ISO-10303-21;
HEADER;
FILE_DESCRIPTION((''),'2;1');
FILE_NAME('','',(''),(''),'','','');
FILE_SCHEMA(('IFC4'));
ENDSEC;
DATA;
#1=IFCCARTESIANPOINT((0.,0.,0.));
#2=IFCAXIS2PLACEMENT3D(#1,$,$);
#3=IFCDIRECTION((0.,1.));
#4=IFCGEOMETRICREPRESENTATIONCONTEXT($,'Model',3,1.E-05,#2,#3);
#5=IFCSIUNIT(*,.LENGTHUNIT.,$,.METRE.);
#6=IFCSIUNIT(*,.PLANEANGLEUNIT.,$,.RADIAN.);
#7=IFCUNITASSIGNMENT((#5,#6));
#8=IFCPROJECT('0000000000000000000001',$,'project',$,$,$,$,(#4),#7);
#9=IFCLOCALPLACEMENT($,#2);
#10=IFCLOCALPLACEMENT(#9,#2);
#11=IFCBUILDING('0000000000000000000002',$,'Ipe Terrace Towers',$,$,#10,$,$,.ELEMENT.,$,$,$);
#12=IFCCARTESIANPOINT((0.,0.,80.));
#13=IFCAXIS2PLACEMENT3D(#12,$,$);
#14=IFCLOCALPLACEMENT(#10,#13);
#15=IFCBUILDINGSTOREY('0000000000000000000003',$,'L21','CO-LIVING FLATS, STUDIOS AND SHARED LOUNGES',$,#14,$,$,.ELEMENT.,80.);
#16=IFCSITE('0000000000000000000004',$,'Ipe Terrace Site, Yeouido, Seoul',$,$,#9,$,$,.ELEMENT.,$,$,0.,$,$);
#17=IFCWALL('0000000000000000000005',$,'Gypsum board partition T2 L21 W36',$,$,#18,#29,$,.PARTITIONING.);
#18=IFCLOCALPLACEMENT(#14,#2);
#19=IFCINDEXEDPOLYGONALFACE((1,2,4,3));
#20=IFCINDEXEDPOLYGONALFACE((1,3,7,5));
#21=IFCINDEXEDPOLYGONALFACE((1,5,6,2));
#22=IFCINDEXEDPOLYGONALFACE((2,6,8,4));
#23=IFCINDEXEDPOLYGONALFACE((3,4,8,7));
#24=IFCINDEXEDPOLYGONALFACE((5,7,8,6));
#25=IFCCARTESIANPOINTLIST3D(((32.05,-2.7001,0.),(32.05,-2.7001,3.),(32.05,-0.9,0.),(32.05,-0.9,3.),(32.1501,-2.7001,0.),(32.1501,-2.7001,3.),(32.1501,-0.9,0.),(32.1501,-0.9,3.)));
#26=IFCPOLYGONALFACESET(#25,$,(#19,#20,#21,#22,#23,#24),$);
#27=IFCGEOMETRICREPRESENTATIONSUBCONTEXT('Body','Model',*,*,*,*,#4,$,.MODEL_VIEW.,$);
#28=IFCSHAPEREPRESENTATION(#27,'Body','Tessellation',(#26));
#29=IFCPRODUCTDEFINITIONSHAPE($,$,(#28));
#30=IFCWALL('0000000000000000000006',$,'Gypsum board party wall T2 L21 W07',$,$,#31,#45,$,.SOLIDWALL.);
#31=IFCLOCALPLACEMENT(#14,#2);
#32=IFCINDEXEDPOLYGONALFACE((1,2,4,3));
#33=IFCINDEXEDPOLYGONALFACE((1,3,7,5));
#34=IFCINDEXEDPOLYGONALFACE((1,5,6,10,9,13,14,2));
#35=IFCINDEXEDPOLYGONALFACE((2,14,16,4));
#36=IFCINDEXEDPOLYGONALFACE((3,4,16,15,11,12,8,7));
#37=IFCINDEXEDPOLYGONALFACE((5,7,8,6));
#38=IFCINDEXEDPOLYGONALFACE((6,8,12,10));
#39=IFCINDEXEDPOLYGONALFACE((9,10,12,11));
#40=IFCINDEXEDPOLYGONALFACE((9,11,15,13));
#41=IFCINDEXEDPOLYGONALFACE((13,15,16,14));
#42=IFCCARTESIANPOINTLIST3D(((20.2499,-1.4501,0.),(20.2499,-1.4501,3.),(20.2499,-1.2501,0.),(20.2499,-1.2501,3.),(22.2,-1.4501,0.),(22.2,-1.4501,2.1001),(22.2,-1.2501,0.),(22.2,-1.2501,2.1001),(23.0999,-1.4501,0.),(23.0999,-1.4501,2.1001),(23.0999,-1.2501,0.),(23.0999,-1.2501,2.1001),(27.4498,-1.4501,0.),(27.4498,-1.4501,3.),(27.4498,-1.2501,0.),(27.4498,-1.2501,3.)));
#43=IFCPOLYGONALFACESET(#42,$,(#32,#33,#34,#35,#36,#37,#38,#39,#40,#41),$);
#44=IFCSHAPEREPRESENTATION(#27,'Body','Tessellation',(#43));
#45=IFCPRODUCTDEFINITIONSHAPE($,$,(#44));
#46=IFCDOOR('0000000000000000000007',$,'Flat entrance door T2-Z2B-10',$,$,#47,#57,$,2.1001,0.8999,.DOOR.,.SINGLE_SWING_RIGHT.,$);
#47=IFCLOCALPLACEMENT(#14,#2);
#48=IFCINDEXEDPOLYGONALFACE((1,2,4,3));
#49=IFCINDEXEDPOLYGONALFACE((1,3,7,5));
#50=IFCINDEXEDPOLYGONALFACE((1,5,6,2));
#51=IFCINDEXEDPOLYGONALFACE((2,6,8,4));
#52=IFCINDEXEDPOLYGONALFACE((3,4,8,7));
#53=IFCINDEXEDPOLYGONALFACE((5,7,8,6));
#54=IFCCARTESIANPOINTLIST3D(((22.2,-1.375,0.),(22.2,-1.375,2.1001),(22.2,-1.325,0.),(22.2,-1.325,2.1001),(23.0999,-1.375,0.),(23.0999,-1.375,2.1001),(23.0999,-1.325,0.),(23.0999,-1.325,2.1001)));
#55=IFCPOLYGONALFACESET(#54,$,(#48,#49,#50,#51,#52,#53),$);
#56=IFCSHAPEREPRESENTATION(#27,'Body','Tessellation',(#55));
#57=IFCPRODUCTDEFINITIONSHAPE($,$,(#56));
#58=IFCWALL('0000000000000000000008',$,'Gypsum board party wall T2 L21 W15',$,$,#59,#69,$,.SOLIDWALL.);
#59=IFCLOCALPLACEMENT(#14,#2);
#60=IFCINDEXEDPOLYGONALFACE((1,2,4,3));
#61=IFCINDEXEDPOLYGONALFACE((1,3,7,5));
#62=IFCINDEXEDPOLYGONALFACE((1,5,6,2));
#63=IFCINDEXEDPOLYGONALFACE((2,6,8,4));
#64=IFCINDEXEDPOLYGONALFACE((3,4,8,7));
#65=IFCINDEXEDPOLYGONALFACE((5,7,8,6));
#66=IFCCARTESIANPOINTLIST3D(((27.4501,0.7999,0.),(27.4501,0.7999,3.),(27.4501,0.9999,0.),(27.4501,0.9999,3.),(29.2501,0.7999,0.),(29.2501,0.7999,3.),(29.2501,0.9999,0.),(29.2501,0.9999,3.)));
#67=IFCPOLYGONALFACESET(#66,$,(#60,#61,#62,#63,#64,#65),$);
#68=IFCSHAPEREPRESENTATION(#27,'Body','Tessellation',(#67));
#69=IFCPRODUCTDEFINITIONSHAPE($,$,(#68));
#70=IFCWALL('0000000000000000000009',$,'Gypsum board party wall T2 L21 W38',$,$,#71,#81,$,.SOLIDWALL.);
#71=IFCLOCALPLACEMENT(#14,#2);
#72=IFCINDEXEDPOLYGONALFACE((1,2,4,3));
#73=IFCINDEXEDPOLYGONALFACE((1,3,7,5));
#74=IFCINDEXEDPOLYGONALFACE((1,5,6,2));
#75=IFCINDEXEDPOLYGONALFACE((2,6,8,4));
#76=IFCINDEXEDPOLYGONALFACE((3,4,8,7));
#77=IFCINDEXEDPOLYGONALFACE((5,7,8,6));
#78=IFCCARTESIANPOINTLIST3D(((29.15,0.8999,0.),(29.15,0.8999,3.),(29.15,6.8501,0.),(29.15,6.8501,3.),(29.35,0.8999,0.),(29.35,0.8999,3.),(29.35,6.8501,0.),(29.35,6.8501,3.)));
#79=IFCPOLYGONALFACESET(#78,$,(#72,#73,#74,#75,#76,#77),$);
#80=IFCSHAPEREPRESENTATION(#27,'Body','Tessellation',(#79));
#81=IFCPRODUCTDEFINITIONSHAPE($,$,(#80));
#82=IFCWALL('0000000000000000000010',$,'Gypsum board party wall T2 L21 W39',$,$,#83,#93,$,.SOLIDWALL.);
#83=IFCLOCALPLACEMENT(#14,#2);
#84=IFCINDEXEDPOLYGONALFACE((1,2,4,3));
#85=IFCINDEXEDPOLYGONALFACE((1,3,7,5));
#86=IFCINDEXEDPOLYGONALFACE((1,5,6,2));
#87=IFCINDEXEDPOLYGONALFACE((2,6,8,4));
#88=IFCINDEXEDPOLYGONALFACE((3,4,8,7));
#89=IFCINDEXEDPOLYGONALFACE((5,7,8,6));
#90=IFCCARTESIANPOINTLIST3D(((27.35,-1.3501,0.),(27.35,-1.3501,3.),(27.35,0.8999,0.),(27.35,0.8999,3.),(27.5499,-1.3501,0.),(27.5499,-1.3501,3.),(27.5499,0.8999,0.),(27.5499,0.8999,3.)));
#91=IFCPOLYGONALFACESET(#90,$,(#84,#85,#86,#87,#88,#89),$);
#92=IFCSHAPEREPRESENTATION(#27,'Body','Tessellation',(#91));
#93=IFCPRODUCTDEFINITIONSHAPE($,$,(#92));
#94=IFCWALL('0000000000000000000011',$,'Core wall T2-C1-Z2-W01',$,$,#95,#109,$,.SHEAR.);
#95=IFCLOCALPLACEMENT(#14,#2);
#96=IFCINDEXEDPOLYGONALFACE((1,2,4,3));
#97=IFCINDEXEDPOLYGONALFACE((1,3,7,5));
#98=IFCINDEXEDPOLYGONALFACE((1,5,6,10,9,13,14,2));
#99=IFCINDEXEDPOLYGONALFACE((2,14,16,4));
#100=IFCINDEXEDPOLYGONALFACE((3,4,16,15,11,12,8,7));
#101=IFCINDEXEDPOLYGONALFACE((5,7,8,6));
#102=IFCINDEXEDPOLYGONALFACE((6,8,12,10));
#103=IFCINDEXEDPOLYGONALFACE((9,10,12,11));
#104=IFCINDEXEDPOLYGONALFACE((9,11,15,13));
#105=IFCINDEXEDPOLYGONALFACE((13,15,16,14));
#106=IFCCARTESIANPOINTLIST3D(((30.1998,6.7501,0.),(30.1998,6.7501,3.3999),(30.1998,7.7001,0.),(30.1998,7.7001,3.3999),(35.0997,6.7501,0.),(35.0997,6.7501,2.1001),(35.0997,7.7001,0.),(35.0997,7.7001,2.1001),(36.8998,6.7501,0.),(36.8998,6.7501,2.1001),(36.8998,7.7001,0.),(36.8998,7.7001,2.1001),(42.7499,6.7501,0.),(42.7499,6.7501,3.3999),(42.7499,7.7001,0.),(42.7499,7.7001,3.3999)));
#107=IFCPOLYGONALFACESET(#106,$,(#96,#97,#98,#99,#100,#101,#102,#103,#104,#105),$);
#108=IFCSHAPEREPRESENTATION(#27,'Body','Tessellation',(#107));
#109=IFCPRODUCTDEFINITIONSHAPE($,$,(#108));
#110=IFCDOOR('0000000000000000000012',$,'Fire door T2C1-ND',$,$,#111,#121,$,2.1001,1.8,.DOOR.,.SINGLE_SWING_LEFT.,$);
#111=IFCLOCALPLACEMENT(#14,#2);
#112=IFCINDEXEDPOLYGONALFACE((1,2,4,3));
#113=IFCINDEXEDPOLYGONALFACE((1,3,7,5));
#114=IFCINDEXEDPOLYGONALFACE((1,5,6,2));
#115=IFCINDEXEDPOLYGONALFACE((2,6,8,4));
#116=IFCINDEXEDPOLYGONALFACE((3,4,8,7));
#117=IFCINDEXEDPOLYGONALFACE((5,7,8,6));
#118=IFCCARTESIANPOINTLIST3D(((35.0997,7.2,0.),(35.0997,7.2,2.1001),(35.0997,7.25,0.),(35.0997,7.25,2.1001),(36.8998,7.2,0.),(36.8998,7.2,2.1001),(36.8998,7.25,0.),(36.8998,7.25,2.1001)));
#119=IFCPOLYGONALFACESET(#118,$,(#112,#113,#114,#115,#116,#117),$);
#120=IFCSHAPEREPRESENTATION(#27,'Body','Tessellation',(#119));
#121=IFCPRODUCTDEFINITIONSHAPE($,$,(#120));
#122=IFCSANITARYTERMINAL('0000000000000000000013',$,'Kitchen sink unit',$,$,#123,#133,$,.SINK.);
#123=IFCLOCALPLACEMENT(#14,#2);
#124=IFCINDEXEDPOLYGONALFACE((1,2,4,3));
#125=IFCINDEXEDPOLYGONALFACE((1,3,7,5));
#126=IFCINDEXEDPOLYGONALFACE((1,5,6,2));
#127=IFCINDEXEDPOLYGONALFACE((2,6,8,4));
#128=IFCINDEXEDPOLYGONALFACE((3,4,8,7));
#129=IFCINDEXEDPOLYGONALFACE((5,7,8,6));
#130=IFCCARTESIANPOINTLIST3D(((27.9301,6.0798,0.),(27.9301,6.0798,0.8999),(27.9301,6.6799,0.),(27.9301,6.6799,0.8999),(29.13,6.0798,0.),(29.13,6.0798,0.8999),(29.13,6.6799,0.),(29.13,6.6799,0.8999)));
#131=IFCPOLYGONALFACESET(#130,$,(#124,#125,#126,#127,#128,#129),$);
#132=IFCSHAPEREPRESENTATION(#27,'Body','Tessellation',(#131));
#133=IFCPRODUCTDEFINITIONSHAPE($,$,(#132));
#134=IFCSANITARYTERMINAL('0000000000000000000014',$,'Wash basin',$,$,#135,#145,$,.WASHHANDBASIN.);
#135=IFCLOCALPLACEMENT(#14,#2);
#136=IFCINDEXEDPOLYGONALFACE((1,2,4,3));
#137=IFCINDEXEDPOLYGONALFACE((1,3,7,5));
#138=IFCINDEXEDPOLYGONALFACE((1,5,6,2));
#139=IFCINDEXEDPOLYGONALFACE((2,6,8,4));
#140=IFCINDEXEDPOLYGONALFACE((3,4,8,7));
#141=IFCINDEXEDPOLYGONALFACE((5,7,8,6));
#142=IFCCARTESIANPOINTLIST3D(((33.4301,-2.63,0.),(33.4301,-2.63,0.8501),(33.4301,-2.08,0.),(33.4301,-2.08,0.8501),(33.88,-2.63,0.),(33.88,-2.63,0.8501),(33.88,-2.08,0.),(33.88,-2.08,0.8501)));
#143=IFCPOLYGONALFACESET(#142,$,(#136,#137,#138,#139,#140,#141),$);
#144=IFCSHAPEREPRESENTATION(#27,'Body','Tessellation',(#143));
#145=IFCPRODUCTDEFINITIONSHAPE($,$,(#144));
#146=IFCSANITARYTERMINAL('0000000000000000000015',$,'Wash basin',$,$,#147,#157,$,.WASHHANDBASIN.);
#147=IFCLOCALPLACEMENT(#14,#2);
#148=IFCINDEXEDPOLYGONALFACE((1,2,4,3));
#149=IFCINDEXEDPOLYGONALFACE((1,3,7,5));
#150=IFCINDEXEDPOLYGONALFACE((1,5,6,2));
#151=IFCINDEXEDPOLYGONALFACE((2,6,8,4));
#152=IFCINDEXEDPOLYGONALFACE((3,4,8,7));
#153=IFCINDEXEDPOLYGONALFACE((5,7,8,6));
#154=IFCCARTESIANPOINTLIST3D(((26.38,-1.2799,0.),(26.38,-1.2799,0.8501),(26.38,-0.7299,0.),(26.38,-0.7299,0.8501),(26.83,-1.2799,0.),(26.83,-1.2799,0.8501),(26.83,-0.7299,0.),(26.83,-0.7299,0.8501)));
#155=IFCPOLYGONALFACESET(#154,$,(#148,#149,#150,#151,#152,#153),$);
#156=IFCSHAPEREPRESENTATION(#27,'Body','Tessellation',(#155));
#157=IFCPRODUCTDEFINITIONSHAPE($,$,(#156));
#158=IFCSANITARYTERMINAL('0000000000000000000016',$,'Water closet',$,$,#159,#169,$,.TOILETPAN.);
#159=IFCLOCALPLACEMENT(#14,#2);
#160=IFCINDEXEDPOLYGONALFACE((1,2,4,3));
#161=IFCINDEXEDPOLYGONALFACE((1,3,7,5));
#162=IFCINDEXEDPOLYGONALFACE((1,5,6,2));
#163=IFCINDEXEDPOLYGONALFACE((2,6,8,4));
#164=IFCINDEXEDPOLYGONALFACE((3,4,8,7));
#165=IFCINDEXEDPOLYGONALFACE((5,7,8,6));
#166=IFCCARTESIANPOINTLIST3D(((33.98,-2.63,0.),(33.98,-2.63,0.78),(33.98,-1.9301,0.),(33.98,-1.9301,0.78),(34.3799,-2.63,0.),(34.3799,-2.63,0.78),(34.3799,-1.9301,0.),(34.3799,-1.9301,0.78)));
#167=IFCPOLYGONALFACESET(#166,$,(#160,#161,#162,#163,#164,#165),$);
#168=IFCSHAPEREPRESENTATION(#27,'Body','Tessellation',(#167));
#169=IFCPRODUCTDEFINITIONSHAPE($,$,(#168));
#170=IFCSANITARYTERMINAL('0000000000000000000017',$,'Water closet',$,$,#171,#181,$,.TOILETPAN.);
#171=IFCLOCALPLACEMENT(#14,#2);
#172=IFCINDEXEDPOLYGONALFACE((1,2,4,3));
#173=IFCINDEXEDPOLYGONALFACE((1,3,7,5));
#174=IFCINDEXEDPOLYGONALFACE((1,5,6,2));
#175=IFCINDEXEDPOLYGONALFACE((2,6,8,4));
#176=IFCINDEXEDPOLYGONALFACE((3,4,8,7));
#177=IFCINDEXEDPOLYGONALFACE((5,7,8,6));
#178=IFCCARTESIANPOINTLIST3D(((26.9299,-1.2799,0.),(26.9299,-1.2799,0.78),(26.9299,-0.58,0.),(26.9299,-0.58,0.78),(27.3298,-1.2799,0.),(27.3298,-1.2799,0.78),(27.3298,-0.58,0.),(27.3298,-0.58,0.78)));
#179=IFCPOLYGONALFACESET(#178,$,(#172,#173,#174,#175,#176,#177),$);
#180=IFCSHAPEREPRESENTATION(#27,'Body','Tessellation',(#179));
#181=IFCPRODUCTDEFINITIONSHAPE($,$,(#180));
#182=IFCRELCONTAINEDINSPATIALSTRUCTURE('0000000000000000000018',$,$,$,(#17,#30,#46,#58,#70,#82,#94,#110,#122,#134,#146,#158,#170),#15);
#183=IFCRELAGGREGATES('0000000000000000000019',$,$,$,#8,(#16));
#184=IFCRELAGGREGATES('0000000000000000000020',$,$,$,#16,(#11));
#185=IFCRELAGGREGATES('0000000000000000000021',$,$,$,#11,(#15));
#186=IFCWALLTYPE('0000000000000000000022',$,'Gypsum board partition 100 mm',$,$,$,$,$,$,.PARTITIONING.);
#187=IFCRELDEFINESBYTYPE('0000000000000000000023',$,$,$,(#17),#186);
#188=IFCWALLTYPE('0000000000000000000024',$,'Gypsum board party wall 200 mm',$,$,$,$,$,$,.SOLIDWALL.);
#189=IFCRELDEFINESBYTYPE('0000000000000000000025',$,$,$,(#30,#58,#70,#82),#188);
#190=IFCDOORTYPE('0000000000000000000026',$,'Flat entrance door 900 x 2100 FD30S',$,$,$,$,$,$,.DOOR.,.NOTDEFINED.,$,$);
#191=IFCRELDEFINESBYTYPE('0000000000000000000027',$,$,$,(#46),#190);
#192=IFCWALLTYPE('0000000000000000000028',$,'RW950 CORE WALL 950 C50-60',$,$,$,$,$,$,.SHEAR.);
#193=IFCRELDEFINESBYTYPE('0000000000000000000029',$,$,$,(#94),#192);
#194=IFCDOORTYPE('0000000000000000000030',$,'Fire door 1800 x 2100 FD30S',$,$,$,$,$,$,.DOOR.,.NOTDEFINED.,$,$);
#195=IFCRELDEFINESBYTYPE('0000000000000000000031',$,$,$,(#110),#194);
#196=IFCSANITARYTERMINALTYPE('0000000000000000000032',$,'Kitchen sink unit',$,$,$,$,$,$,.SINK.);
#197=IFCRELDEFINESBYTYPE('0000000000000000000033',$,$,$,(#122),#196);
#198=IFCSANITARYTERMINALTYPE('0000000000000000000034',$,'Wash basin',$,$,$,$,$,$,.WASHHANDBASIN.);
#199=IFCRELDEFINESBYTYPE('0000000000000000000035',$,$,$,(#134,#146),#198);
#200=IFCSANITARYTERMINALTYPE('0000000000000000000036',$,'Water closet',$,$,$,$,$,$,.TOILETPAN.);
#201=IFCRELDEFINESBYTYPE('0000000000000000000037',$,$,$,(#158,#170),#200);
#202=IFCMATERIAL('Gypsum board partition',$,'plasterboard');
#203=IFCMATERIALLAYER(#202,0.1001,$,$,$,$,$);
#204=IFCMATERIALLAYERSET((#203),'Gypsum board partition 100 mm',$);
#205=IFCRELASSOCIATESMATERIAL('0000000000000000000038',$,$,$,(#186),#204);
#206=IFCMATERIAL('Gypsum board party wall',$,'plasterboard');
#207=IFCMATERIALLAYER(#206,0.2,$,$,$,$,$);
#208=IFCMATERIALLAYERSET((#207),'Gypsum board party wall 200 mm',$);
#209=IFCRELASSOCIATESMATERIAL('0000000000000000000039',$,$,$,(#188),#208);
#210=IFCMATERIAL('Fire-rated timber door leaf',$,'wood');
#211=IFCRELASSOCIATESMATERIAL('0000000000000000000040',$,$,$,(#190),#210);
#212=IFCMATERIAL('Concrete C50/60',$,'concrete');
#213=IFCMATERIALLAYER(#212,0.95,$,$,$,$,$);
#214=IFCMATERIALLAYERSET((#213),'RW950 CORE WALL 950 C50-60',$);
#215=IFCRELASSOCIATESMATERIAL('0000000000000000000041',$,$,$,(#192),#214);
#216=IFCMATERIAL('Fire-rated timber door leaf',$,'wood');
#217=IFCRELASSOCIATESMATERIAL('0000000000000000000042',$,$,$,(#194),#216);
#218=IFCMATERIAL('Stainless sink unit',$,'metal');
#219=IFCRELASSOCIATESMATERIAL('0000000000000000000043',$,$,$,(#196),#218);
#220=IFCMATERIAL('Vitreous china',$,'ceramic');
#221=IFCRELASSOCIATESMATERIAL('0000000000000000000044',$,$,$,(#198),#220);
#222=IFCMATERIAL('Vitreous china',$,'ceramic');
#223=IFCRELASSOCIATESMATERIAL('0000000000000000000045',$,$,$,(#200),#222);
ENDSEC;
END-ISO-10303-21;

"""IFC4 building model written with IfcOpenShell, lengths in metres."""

from ifc_helpers import new_model, si_unit, direction, frame, frame_2d, origin, origin_2d, place, context, subcontext, project, spatial, rectangle, extrude, material, layer, layer_set, type_object, element, fill, save


model = new_model("IFC4")

# Units and contexts
model_context = context("Model", 3, precision=1e-05, world=origin(), true_north=direction((0.0, 1.0)))
body_context = subcontext(model_context, "Body", "Model", "MODEL_VIEW")
ifc_project = project(units=[si_unit("LENGTHUNIT", "METRE"), si_unit("PLANEANGLEUNIT", "RADIAN")], contexts=[model_context])

# Site, building, storey
site_placement = place(None, origin())
site = spatial("IfcSite", under=ifc_project, at=site_placement, Name="Ipe Terrace Site, Yeouido, Seoul", CompositionType="ELEMENT", RefElevation=0.0)
building_placement = place(site_placement, origin())
building = spatial("IfcBuilding", under=site, at=building_placement, Name="Ipe Terrace Towers", CompositionType="ELEMENT")
storey_placement = place(building_placement, frame((0.0, 0.0, 80.0)))
storey = spatial("IfcBuildingStorey", under=building, at=storey_placement, Name="L21", Description="CO-LIVING FLATS, STUDIOS AND SHARED LOUNGES", CompositionType="ELEMENT", Elevation=80.0)

# Shared definitions
ifc_material_1 = material(Name="Gypsum board partition", Category="plasterboard")
ifc_layer_1 = layer(ifc_material_1, 0.1001)
ifc_layer_set_1 = layer_set([ifc_layer_1], Name="Gypsum board partition 100 mm")
wall_type_1 = type_object("IfcWallType", Name="Gypsum board partition 100 mm", PredefinedType="PARTITIONING", material=ifc_layer_set_1)

# Wall
wall_1_placement = place(storey_placement, frame((32.1001, -2.7, 0.0), z_axis=(0.0, 0.0, 1.0), x_axis=(0.0, 1.0, 0.0)))
element("IfcWall", 1, at=wall_1_placement, inside=storey, type_object=wall_type_1, Name="Gypsum board partition T2 L21 W36", PredefinedType="PARTITIONING", context=body_context, shape_type="SweptSolid", body=[
    extrude(rectangle(XDim=1.8, YDim=0.1001, at=frame_2d((0.8999, 0.0))), origin(), (0.0, 0.0, 1.0), 3.0),
])

# Wall, opening, door
ifc_material_2 = material(Name="Gypsum board party wall", Category="plasterboard")
ifc_layer_2 = layer(ifc_material_2, 0.2)
ifc_layer_set_2 = layer_set([ifc_layer_2], Name="Gypsum board party wall 200 mm")
wall_type_2 = type_object("IfcWallType", Name="Gypsum board party wall 200 mm", PredefinedType="SOLIDWALL", material=ifc_layer_set_2)
wall_2_placement = place(storey_placement, frame((27.45, -1.3501, 0.0), z_axis=(0.0, 0.0, 1.0), x_axis=(-1.0, 0.0, 0.0)))
wall_2 = element("IfcWall", 2, at=wall_2_placement, inside=storey, type_object=wall_type_2, Name="Gypsum board party wall T2 L21 W07", PredefinedType="SOLIDWALL", context=body_context, shape_type="SweptSolid", body=[
    extrude(rectangle(XDim=7.2, YDim=0.2, at=frame_2d((3.6001, 0.0))), origin(), (0.0, 0.0, 1.0), 3.0),
])
opening_1_placement = place(wall_2_placement, frame((4.3501, 0.0, 0.0)))
opening_1 = element("IfcOpeningElement", 3, at=opening_1_placement, cuts=wall_2, PredefinedType="OPENING", context=body_context, shape_type="SweptSolid", body=[
    extrude(rectangle(XDim=0.8999, YDim=2.1001, at=frame_2d((0.45, 1.05))), frame((0.0, 0.1099, 0.0), z_axis=(0.0, -1.0, 0.0), x_axis=(1.0, 0.0, 0.0)), (0.0, 0.0, 1.0), 0.22),
])
ifc_material_3 = material(Name="Fire-rated timber door leaf", Category="wood")
door_type_1 = type_object("IfcDoorType", Name="Flat entrance door 900 x 2100 FD30S", OperationType="NOTDEFINED", PredefinedType="DOOR", material=ifc_material_3)
door_1_placement = place(opening_1_placement, origin())
door_1 = element("IfcDoor", 4, at=door_1_placement, inside=storey, type_object=door_type_1, Name="Flat entrance door T2-Z2B-10", OperationType="SINGLE_SWING_RIGHT", OverallHeight=2.1001, OverallWidth=0.8999, PredefinedType="DOOR", context=body_context, shape_type="SweptSolid", body=[
    extrude(rectangle(XDim=0.8999, YDim=2.1001, at=frame_2d((0.45, 1.05))), frame((0.0, 0.0249, 0.0), z_axis=(0.0, -1.0, 0.0), x_axis=(1.0, 0.0, 0.0)), (0.0, 0.0, 1.0), 0.05),
])
fill(opening_1, door_1)

# Walls
wall_3_placement = place(storey_placement, frame((29.25, 0.8999, 0.0), z_axis=(0.0, 0.0, 1.0), x_axis=(-1.0, 0.0, 0.0)))
element("IfcWall", 5, at=wall_3_placement, inside=storey, type_object=wall_type_2, Name="Gypsum board party wall T2 L21 W15", PredefinedType="SOLIDWALL", context=body_context, shape_type="SweptSolid", body=[
    extrude(rectangle(XDim=1.8, YDim=0.2, at=frame_2d((0.8999, 0.0))), origin(), (0.0, 0.0, 1.0), 3.0),
])
wall_4_placement = place(storey_placement, frame((29.25, 0.8999, 0.0), z_axis=(0.0, 0.0, 1.0), x_axis=(0.0, 1.0, 0.0)))
element("IfcWall", 6, at=wall_4_placement, inside=storey, type_object=wall_type_2, Name="Gypsum board party wall T2 L21 W38", PredefinedType="SOLIDWALL", context=body_context, shape_type="SweptSolid", body=[
    extrude(rectangle(XDim=5.9502, YDim=0.2, at=frame_2d((2.9751, 0.0))), origin(), (0.0, 0.0, 1.0), 3.0),
])
wall_5_placement = place(storey_placement, frame((27.45, -1.3501, 0.0), z_axis=(0.0, 0.0, 1.0), x_axis=(0.0, 1.0, 0.0)))
element("IfcWall", 7, at=wall_5_placement, inside=storey, type_object=wall_type_2, Name="Gypsum board party wall T2 L21 W39", PredefinedType="SOLIDWALL", context=body_context, shape_type="SweptSolid", body=[
    extrude(rectangle(XDim=2.25, YDim=0.2, at=frame_2d((1.125, 0.0))), origin(), (0.0, 0.0, 1.0), 3.0),
])

# Wall, opening, door
ifc_material_4 = material(Name="Concrete C50/60", Category="concrete")
ifc_layer_3 = layer(ifc_material_4, 0.95)
ifc_layer_set_3 = layer_set([ifc_layer_3], Name="RW950 CORE WALL 950 C50-60")
wall_type_3 = type_object("IfcWallType", Name="RW950 CORE WALL 950 C50-60", PredefinedType="SHEAR", material=ifc_layer_set_3)
wall_6_placement = place(storey_placement, frame((30.2, 7.2251, 0.0), z_axis=(0.0, 0.0, 1.0), x_axis=(1.0, 0.0, 0.0)))
wall_6 = element("IfcWall", 8, at=wall_6_placement, inside=storey, type_object=wall_type_3, Name="Core wall T2-C1-Z2-W01", PredefinedType="SHEAR", context=body_context, shape_type="SweptSolid", body=[
    extrude(rectangle(XDim=12.55, YDim=0.95, at=frame_2d((6.2749, 0.0))), origin(), (0.0, 0.0, 1.0), 3.3999),
])
opening_2_placement = place(wall_6_placement, frame((4.8999, 0.0, 0.0)))
opening_2 = element("IfcOpeningElement", 9, at=opening_2_placement, cuts=wall_6, PredefinedType="OPENING", context=body_context, shape_type="SweptSolid", body=[
    extrude(rectangle(XDim=1.8, YDim=2.1001, at=frame_2d((0.8999, 1.05))), frame((0.0, 0.4849, 0.0), z_axis=(0.0, -1.0, 0.0), x_axis=(1.0, 0.0, 0.0)), (0.0, 0.0, 1.0), 0.97),
])
ifc_material_5 = material(Name="Fire-rated timber door leaf", Category="wood")
door_type_2 = type_object("IfcDoorType", Name="Fire door 1800 x 2100 FD30S", OperationType="NOTDEFINED", PredefinedType="DOOR", material=ifc_material_5)
door_2_placement = place(opening_2_placement, origin())
door_2 = element("IfcDoor", 10, at=door_2_placement, inside=storey, type_object=door_type_2, Name="Fire door T2C1-ND", OperationType="SINGLE_SWING_LEFT", OverallHeight=2.1001, OverallWidth=1.8, PredefinedType="DOOR", context=body_context, shape_type="SweptSolid", body=[
    extrude(rectangle(XDim=1.8, YDim=2.1001, at=frame_2d((0.8999, 1.05))), frame((0.0, 0.0249, 0.0), z_axis=(0.0, -1.0, 0.0), x_axis=(1.0, 0.0, 0.0)), (0.0, 0.0, 1.0), 0.05),
])
fill(opening_2, door_2)

# Sanitary terminals
ifc_material_6 = material(Name="Stainless sink unit", Category="metal")
sanitary_terminal_type_1 = type_object("IfcSanitaryTerminalType", Name="Kitchen sink unit", PredefinedType="SINK", material=ifc_material_6)
sanitary_terminal_placement = place(storey_placement, frame((28.53, 6.3799, 0.0), z_axis=(0.0, 0.0, 1.0), x_axis=(1.0, 0.0, 0.0)))
element("IfcSanitaryTerminal", 11, at=sanitary_terminal_placement, inside=storey, type_object=sanitary_terminal_type_1, Name="Kitchen sink unit", PredefinedType="SINK", context=body_context, shape_type="SweptSolid", body=[
    extrude(rectangle(XDim=1.2, YDim=0.6001, at=origin_2d()), origin(), (0.0, 0.0, 1.0), 0.8999),
])
ifc_material_7 = material(Name="Vitreous china", Category="ceramic")
sanitary_terminal_type_2 = type_object("IfcSanitaryTerminalType", Name="Wash basin", PredefinedType="WASHHANDBASIN", material=ifc_material_7)
for number, where, z_axis, x_axis, name in (
    (12, (33.655, -2.355, 0.0), (0.0, 0.0, 1.0), (0.0, 1.0, 0.0), "Wash basin"),
    (13, (26.605, -1.0049, 0.0), (0.0, 0.0, 1.0), (0.0, 1.0, 0.0), "Wash basin"),
):
    element("IfcSanitaryTerminal", number, at=place(storey_placement, frame(where, z_axis=z_axis, x_axis=x_axis)), inside=storey, type_object=sanitary_terminal_type_2, Name=name, PredefinedType="WASHHANDBASIN", context=body_context, shape_type="SweptSolid", body=[
        extrude(rectangle(XDim=0.55, YDim=0.45, at=origin_2d()), origin(), (0.0, 0.0, 1.0), 0.8501),
    ])
ifc_material_8 = material(Name="Vitreous china", Category="ceramic")
sanitary_terminal_type_3 = type_object("IfcSanitaryTerminalType", Name="Water closet", PredefinedType="TOILETPAN", material=ifc_material_8)
for number, where, z_axis, x_axis, name in (
    (14, (34.1799, -2.28, 0.0), (0.0, 0.0, 1.0), (0.0, 1.0, 0.0), "Water closet"),
    (15, (27.1299, -0.9299, 0.0), (0.0, 0.0, 1.0), (0.0, 1.0, 0.0), "Water closet"),
):
    element("IfcSanitaryTerminal", number, at=place(storey_placement, frame(where, z_axis=z_axis, x_axis=x_axis)), inside=storey, type_object=sanitary_terminal_type_3, Name=name, PredefinedType="TOILETPAN", context=body_context, shape_type="SweptSolid", body=[
        extrude(rectangle(XDim=0.7, YDim=0.3999, at=origin_2d()), origin(), (0.0, 0.0, 1.0), 0.78),
    ])

save(model, "model.ifc")
